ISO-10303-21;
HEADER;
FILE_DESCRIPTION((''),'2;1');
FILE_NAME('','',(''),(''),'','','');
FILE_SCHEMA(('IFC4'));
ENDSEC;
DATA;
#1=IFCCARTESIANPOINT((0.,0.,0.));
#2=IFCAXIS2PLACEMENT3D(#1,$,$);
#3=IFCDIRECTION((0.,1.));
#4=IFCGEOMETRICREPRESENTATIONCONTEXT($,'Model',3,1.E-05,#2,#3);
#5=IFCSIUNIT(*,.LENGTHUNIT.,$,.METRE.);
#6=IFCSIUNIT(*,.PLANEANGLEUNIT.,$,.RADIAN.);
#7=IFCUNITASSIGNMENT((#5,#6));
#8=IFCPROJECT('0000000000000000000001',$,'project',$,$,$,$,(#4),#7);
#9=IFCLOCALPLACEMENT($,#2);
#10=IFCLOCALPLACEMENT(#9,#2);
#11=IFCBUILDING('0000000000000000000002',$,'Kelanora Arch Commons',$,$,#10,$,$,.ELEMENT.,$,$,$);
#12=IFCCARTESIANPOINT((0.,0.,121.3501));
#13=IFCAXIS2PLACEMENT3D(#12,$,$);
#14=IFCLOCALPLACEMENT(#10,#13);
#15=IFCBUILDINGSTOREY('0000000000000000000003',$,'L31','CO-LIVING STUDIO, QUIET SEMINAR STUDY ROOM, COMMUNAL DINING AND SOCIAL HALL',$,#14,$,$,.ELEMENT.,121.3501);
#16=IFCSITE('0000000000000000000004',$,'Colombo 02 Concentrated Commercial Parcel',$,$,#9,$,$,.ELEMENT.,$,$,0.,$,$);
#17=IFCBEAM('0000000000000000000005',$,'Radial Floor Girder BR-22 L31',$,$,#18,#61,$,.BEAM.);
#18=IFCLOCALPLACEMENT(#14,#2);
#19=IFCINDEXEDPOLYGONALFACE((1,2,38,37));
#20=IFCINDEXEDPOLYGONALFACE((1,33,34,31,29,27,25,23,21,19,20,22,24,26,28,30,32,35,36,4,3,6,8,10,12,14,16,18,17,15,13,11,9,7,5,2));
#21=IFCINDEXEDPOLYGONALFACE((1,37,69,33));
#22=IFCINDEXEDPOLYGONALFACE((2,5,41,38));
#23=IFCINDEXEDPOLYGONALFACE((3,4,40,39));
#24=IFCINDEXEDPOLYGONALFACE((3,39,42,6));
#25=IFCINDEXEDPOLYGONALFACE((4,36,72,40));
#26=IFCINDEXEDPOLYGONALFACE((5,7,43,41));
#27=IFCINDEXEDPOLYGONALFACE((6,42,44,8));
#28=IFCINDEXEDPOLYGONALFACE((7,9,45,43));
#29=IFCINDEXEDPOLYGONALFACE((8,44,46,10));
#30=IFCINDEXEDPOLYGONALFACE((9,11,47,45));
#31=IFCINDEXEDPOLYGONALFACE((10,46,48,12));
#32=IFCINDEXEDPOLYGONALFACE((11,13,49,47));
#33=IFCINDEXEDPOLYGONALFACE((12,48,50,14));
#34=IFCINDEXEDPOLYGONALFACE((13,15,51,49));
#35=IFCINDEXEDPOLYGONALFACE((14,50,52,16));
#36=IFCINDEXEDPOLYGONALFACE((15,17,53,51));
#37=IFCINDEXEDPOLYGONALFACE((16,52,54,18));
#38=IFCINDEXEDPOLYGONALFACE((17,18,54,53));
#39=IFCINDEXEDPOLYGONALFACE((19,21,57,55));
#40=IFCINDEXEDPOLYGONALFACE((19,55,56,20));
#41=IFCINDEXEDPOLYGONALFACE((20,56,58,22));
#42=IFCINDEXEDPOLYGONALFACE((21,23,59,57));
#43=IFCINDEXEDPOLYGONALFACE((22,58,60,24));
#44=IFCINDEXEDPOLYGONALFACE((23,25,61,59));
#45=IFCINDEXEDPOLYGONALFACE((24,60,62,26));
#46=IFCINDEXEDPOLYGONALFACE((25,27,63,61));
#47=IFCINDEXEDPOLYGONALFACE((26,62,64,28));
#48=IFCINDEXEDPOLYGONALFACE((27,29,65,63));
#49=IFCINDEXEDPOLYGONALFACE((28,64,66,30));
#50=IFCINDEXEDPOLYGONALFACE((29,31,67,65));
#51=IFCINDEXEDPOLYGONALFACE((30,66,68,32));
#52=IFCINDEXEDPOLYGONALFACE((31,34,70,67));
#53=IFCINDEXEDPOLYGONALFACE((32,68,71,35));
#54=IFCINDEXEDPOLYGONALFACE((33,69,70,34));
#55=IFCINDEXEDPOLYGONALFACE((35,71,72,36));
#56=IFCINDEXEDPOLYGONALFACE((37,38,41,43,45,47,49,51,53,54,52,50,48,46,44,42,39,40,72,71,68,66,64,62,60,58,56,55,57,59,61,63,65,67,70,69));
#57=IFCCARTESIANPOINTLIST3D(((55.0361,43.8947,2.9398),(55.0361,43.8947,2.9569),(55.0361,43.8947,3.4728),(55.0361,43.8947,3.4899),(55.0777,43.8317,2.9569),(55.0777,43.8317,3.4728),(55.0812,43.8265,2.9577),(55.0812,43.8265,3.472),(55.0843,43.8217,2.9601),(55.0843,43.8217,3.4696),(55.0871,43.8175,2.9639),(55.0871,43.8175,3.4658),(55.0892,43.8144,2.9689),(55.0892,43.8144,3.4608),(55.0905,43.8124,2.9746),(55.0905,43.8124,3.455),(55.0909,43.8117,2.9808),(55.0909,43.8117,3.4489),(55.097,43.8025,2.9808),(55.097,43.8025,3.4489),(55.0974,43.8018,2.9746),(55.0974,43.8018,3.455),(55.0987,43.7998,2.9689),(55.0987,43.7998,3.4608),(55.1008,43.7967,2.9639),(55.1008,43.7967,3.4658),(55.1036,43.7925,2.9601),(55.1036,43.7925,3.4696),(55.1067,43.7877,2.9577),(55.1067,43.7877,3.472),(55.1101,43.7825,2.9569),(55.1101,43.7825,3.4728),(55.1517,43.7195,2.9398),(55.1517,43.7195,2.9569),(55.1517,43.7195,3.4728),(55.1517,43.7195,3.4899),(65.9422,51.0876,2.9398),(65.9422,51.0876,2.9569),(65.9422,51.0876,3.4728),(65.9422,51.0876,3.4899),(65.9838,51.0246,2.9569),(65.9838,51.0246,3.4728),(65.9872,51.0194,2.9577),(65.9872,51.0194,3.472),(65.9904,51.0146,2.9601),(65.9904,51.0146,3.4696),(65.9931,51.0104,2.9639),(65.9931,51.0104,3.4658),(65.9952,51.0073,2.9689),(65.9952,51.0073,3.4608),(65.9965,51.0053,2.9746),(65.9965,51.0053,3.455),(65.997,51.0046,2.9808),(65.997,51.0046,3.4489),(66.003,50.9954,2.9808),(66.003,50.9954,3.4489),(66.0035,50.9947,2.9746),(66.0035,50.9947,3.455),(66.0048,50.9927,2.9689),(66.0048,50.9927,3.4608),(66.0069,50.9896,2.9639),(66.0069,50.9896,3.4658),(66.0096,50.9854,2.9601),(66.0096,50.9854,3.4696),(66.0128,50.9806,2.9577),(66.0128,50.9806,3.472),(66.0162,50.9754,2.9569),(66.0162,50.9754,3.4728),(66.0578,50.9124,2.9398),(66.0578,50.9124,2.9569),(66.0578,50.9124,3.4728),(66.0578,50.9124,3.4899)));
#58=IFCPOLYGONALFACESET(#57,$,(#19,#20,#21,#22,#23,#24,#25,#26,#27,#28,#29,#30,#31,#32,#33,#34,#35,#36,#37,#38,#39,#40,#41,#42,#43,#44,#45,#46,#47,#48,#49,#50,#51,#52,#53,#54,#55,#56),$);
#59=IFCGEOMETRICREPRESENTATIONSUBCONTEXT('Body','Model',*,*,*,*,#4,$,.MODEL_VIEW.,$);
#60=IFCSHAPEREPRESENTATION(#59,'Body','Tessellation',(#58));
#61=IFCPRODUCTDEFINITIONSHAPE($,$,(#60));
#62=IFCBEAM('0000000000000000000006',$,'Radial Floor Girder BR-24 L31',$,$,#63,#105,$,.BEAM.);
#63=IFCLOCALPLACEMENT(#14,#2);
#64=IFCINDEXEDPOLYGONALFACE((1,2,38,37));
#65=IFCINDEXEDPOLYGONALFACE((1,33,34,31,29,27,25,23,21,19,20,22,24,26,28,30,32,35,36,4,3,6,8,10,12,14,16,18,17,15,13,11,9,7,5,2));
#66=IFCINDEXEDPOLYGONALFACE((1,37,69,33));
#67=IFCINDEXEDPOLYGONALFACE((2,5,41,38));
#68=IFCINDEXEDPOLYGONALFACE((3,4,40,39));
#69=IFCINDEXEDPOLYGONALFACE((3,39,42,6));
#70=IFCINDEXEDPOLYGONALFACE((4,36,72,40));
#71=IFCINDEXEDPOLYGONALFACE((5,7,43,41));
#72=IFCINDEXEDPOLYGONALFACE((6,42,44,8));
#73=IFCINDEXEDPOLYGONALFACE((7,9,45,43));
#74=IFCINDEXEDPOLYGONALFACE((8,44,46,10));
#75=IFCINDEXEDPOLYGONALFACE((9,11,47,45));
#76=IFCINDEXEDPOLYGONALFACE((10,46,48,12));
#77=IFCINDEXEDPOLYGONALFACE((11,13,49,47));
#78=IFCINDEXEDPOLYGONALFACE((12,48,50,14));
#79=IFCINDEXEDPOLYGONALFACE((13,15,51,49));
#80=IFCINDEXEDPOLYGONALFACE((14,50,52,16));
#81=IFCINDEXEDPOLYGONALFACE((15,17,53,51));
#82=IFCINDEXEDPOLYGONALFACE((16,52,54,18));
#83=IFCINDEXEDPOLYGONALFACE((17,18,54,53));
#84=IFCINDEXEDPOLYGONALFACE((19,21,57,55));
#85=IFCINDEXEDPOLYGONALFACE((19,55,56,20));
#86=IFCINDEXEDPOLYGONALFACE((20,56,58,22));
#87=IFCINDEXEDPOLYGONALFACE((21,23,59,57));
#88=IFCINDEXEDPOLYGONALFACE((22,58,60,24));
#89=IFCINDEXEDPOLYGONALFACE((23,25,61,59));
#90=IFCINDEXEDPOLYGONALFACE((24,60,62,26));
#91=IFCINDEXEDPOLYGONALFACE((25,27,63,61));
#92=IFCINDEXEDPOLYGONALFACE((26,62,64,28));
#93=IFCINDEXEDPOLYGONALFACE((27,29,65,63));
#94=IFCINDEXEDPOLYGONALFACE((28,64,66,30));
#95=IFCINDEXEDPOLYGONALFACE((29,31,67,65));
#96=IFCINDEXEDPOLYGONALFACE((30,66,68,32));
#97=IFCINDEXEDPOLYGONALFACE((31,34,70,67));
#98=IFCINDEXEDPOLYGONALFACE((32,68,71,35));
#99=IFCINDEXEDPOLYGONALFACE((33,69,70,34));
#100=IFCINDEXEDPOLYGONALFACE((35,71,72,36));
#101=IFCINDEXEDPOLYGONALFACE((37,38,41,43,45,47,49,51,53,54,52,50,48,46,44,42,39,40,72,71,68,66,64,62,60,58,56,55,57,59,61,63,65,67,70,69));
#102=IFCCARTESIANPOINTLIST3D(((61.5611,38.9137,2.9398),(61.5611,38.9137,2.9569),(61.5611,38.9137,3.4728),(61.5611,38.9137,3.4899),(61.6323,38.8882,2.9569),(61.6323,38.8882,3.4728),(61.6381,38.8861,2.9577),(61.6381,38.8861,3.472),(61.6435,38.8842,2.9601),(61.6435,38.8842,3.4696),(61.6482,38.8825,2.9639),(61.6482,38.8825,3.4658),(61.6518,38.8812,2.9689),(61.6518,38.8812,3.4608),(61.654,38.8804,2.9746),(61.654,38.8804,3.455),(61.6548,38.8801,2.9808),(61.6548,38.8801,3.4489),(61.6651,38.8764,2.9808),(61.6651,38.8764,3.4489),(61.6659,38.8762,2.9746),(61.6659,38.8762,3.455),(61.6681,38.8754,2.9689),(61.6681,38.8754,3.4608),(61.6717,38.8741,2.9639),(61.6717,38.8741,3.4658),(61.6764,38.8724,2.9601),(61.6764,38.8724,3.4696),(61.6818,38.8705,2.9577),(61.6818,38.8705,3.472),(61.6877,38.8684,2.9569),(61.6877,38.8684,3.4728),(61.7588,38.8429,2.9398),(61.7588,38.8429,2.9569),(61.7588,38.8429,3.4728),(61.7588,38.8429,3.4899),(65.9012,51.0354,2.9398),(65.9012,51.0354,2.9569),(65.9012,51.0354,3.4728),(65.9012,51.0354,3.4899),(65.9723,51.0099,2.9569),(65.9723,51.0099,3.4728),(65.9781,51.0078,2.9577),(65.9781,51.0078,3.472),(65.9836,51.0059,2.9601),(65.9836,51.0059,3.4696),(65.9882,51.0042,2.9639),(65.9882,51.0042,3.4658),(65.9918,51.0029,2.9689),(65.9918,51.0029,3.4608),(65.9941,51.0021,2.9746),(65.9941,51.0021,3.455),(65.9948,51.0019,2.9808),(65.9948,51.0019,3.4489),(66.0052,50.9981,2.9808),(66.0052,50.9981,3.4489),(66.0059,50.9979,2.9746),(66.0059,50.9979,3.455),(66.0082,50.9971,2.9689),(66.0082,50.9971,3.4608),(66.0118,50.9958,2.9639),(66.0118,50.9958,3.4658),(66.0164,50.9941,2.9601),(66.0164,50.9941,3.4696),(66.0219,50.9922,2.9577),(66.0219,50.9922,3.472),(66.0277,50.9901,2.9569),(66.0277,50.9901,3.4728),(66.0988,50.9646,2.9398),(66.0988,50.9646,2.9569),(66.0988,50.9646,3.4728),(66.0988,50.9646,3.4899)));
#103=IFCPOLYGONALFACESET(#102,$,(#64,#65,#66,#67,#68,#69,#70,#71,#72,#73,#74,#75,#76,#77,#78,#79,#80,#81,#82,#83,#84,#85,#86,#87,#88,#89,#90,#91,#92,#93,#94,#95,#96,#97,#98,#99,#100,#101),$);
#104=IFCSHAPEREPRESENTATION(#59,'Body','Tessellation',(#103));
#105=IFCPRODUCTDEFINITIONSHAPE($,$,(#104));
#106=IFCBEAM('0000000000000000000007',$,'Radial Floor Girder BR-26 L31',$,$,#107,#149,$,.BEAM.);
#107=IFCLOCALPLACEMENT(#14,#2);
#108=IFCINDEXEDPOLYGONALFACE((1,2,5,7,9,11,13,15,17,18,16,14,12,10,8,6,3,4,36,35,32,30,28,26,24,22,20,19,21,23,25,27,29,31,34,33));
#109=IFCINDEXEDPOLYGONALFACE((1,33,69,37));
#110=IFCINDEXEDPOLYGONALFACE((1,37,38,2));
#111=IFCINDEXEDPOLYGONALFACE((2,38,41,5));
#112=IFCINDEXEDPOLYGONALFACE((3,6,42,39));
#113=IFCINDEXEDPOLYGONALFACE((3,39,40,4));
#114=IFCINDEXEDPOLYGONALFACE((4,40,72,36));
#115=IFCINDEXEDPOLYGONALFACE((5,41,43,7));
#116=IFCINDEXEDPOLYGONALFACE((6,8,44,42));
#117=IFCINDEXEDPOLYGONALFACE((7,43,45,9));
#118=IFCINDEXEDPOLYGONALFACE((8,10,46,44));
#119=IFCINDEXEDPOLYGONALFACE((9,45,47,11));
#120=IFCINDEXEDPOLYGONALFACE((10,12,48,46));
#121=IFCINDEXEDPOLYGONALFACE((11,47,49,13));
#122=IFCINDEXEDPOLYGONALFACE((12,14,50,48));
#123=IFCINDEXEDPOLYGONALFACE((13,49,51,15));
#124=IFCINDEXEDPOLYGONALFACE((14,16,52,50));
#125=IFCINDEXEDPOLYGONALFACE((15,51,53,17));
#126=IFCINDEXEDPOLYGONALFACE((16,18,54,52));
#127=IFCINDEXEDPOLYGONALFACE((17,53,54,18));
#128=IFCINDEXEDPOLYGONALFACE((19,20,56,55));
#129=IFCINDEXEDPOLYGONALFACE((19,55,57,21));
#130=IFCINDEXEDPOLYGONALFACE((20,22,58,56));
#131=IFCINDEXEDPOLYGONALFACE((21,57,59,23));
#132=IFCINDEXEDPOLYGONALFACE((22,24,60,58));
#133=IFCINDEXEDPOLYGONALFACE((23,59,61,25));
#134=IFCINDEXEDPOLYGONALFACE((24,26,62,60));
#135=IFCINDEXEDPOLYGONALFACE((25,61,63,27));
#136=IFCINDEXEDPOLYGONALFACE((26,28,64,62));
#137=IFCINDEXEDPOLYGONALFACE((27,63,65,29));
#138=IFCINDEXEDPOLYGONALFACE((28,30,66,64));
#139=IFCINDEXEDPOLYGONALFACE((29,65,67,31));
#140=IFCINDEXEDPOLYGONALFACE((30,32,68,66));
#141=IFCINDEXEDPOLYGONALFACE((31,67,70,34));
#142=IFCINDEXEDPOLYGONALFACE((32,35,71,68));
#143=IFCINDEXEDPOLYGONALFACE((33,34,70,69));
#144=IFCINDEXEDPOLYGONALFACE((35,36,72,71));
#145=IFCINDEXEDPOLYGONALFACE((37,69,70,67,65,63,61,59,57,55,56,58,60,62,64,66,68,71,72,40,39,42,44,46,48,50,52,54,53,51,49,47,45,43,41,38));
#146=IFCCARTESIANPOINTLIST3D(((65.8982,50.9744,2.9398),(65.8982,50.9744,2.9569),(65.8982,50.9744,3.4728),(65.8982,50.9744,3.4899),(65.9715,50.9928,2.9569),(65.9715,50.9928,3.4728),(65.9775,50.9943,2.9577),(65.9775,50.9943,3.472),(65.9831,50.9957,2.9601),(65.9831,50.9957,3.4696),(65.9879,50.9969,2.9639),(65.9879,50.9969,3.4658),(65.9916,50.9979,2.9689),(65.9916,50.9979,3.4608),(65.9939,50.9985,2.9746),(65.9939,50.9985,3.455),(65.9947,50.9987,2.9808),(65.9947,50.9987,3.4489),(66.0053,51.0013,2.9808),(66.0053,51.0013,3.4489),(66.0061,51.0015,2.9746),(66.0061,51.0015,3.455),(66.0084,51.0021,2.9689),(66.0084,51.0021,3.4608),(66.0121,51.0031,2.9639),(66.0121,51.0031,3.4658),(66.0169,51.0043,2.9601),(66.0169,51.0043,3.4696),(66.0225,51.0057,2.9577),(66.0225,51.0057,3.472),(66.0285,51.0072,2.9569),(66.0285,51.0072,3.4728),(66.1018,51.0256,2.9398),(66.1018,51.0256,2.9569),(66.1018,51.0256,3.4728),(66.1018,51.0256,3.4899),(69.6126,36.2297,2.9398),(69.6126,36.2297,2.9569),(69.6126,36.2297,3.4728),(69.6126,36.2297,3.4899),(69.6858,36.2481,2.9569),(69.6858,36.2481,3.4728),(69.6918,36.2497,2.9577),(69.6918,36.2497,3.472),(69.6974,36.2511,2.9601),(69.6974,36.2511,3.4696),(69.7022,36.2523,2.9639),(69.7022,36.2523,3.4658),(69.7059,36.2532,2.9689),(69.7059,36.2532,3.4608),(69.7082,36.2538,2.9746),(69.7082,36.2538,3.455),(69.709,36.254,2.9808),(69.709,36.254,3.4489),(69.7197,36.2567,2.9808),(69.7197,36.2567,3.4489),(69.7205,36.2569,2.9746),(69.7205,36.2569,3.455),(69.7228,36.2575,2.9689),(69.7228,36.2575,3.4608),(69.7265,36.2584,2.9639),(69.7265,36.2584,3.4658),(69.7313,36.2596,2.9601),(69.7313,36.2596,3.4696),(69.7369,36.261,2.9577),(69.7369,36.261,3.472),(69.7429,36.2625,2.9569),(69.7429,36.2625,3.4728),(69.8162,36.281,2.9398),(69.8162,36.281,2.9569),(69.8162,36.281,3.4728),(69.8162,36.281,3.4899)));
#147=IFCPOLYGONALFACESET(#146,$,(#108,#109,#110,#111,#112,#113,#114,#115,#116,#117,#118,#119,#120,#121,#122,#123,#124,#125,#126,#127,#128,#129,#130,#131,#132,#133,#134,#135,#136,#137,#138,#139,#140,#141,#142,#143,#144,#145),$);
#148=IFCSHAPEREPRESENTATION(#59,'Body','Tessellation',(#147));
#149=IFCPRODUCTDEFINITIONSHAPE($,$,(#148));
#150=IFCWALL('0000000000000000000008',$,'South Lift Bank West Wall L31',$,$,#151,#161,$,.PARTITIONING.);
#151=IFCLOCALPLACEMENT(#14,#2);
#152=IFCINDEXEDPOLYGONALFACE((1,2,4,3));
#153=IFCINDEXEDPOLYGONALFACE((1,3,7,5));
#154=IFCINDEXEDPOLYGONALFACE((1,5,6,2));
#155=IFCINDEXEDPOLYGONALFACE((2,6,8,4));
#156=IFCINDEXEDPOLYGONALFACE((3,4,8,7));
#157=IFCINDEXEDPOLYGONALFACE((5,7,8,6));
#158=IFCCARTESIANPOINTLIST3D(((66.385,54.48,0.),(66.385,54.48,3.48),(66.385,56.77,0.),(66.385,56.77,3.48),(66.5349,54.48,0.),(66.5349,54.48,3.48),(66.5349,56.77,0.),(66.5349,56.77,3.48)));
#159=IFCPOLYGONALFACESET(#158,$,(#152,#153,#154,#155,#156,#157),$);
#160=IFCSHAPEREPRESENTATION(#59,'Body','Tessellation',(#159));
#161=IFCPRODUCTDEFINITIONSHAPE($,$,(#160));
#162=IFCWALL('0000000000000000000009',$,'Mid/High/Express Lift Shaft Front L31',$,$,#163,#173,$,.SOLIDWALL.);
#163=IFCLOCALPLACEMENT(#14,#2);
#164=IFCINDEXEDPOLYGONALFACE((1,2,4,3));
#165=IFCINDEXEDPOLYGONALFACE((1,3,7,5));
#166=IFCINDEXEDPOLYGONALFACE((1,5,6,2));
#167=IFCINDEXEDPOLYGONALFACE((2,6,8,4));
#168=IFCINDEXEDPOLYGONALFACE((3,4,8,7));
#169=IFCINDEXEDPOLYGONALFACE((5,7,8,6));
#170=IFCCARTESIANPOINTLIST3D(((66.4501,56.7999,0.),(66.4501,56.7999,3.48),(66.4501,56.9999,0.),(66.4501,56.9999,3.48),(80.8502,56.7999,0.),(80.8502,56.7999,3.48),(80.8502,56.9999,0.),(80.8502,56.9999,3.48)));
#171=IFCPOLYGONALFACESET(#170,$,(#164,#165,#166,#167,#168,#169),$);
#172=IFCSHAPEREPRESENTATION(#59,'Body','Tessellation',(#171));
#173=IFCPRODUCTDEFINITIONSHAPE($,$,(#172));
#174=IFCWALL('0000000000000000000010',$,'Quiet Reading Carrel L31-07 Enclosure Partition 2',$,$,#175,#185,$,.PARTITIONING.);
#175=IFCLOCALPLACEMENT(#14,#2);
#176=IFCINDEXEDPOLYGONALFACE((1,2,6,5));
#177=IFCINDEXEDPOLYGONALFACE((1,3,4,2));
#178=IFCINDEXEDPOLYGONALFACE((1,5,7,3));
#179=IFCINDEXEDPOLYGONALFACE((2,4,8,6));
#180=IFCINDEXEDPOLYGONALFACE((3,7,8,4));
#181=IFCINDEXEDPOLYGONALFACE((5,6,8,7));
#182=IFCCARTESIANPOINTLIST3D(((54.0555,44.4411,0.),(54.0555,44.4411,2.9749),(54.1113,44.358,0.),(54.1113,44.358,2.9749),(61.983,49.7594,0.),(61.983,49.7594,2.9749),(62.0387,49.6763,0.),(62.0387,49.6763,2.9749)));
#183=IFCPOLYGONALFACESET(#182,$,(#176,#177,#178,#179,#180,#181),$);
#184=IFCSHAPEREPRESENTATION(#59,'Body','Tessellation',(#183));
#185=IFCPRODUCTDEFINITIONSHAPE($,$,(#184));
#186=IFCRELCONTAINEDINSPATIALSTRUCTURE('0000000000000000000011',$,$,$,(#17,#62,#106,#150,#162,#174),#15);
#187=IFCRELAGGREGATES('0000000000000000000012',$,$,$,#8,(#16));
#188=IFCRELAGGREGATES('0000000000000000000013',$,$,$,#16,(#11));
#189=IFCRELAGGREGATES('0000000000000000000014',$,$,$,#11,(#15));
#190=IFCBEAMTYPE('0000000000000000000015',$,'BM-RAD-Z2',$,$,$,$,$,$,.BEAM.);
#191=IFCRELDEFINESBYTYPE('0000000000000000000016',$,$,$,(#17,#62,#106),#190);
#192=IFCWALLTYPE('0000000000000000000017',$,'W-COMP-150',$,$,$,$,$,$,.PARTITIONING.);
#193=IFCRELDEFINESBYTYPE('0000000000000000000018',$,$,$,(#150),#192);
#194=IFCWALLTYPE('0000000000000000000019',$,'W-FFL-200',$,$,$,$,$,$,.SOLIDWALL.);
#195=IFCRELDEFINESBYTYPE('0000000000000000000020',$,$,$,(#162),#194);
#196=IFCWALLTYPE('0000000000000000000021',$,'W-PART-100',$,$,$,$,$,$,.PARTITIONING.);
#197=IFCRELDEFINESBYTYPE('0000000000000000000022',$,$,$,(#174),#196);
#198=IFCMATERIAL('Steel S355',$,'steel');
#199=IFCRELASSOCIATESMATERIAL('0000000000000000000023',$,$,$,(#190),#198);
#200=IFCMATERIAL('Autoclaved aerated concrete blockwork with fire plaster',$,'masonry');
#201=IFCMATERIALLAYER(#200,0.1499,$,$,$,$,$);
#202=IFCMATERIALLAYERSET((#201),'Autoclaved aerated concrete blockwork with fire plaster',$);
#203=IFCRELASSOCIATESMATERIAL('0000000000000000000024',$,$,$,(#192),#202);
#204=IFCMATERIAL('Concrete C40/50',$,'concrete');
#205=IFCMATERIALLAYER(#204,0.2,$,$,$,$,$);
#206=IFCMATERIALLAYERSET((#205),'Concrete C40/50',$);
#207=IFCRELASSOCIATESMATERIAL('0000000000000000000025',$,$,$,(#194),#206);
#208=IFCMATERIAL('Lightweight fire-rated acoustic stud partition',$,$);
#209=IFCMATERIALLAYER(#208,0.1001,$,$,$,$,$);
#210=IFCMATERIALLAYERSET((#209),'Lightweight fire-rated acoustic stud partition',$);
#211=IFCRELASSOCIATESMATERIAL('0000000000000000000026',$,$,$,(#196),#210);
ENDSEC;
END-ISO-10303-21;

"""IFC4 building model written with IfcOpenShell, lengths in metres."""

from ifc_helpers import new_model, si_unit, direction, frame, frame_2d, origin, origin_2d, place, context, subcontext, project, spatial, rectangle, i_section, extrude, material, layer, layer_set, material_profile, profile_set, type_object, element, save


model = new_model("IFC4")

# Units and contexts
model_context = context("Model", 3, precision=1e-05, world=origin(), true_north=direction((0.0, 1.0)))
body_context = subcontext(model_context, "Body", "Model", "MODEL_VIEW")
ifc_project = project(units=[si_unit("LENGTHUNIT", "METRE"), si_unit("PLANEANGLEUNIT", "RADIAN")], contexts=[model_context])

# Site, building, storey
site_placement = place(None, origin())
site = spatial("IfcSite", under=ifc_project, at=site_placement, Name="Colombo 02 Concentrated Commercial Parcel", CompositionType="ELEMENT", RefElevation=0.0)
building_placement = place(site_placement, origin())
building = spatial("IfcBuilding", under=site, at=building_placement, Name="Kelanora Arch Commons", CompositionType="ELEMENT")
storey_placement = place(building_placement, frame((0.0, 0.0, 121.3501)))
storey = spatial("IfcBuildingStorey", under=building, at=storey_placement, Name="L31", Description="CO-LIVING STUDIO, QUIET SEMINAR STUDY ROOM, COMMUNAL DINING AND SOCIAL HALL", CompositionType="ELEMENT", Elevation=121.3501)

# Beams
ifc_material_1 = material(Name="Steel S355", Category="steel")
ifc_material_profile_1 = material_profile(ifc_material_1, i_section(OverallWidth=0.21, OverallDepth=0.55, WebThickness=0.011, FlangeThickness=0.0171, FilletRadius=0.0239, at=origin_2d()), Name="IPE550")
ifc_profile_set_1 = profile_set([ifc_material_profile_1], Name="Steel S355")
beam_type_1 = type_object("IfcBeamType", Name="BM-RAD-Z2", PredefinedType="BEAM", material=ifc_profile_set_1)
beam_1_placement = place(storey_placement, frame((66.0, 51.0, 3.2148), z_axis=(-0.834789, -0.550571, 0.0), x_axis=(0.550571, -0.834789, 0.0)))
element("IfcBeam", 1, at=beam_1_placement, inside=storey, type_object=beam_type_1, Name="Radial Floor Girder BR-22 L31", PredefinedType="BEAM", context=body_context, shape_type="SweptSolid", body=[
    extrude(i_section(OverallWidth=0.21, OverallDepth=0.55, WebThickness=0.011, FlangeThickness=0.0171, FilletRadius=0.0239, at=origin_2d()), origin(), (0.0, 0.0, 1.0), 13.0645),
])
beam_2_placement = place(storey_placement, frame((66.0, 51.0, 3.2148), z_axis=(-0.337085, -0.941474, 0.0), x_axis=(0.941474, -0.337085, 0.0)))
element("IfcBeam", 2, at=beam_2_placement, inside=storey, type_object=beam_type_1, Name="Radial Floor Girder BR-24 L31", PredefinedType="BEAM", context=body_context, shape_type="SweptSolid", body=[
    extrude(i_section(OverallWidth=0.21, OverallDepth=0.55, WebThickness=0.011, FlangeThickness=0.0171, FilletRadius=0.0239, at=origin_2d()), origin(), (0.0, 0.0, 1.0), 12.8752),
])
beam_3_placement = place(storey_placement, frame((66.0, 51.0, 3.2148), z_axis=(0.244281, -0.969705, 0.0), x_axis=(0.969705, 0.244281, 0.0)))
element("IfcBeam", 3, at=beam_3_placement, inside=storey, type_object=beam_type_1, Name="Radial Floor Girder BR-26 L31", PredefinedType="BEAM", context=body_context, shape_type="SweptSolid", body=[
    extrude(i_section(OverallWidth=0.21, OverallDepth=0.55, WebThickness=0.011, FlangeThickness=0.0171, FilletRadius=0.0239, at=origin_2d()), origin(), (0.0, 0.0, 1.0), 15.2053),
])

# Walls
ifc_material_2 = material(Name="Autoclaved aerated concrete blockwork with fire plaster", Category="masonry")
ifc_layer_1 = layer(ifc_material_2, 0.1499)
ifc_layer_set_1 = layer_set([ifc_layer_1], Name="Autoclaved aerated concrete blockwork with fire plaster")
wall_type_1 = type_object("IfcWallType", Name="W-COMP-150", PredefinedType="PARTITIONING", material=ifc_layer_set_1)
wall_1_placement = place(storey_placement, frame((66.46, 54.48, 0.0), z_axis=(0.0, 0.0, 1.0), x_axis=(0.0, 1.0, 0.0)))
element("IfcWall", 4, at=wall_1_placement, inside=storey, type_object=wall_type_1, Name="South Lift Bank West Wall L31", PredefinedType="PARTITIONING", context=body_context, shape_type="SweptSolid", body=[
    extrude(rectangle(XDim=2.29, YDim=0.1499, at=frame_2d((1.145, 0.0))), origin(), (0.0, 0.0, 1.0), 3.48),
])
ifc_material_3 = material(Name="Concrete C40/50", Category="concrete")
ifc_layer_2 = layer(ifc_material_3, 0.2)
ifc_layer_set_2 = layer_set([ifc_layer_2], Name="Concrete C40/50")
wall_type_2 = type_object("IfcWallType", Name="W-FFL-200", PredefinedType="SOLIDWALL", material=ifc_layer_set_2)
wall_2_placement = place(storey_placement, frame((66.45, 56.8999, 0.0), z_axis=(0.0, 0.0, 1.0), x_axis=(1.0, 0.0, 0.0)))
element("IfcWall", 5, at=wall_2_placement, inside=storey, type_object=wall_type_2, Name="Mid/High/Express Lift Shaft Front L31", PredefinedType="SOLIDWALL", context=body_context, shape_type="SweptSolid", body=[
    extrude(rectangle(XDim=14.4001, YDim=0.2, at=frame_2d((7.2002, 0.0))), origin(), (0.0, 0.0, 1.0), 3.48),
])
ifc_material_4 = material(Name="Lightweight fire-rated acoustic stud partition")
ifc_layer_3 = layer(ifc_material_4, 0.1001)
ifc_layer_set_3 = layer_set([ifc_layer_3], Name="Lightweight fire-rated acoustic stud partition")
wall_type_3 = type_object("IfcWallType", Name="W-PART-100", PredefinedType="PARTITIONING", material=ifc_layer_set_3)
wall_3_placement = place(storey_placement, frame((62.0107, 49.7178, 0.0), z_axis=(0.0, 0.0, 1.0), x_axis=(-0.830434, -0.557118, 0.0)))
element("IfcWall", 6, at=wall_3_placement, inside=storey, type_object=wall_type_3, Name="Quiet Reading Carrel L31-07 Enclosure Partition 2", PredefinedType="PARTITIONING", context=body_context, shape_type="SweptSolid", body=[
    extrude(rectangle(XDim=9.5461, YDim=0.1001, at=frame_2d((4.7729, 0.0))), origin(), (0.0, 0.0, 1.0), 2.9749),
])

save(model, "model.ifc")
